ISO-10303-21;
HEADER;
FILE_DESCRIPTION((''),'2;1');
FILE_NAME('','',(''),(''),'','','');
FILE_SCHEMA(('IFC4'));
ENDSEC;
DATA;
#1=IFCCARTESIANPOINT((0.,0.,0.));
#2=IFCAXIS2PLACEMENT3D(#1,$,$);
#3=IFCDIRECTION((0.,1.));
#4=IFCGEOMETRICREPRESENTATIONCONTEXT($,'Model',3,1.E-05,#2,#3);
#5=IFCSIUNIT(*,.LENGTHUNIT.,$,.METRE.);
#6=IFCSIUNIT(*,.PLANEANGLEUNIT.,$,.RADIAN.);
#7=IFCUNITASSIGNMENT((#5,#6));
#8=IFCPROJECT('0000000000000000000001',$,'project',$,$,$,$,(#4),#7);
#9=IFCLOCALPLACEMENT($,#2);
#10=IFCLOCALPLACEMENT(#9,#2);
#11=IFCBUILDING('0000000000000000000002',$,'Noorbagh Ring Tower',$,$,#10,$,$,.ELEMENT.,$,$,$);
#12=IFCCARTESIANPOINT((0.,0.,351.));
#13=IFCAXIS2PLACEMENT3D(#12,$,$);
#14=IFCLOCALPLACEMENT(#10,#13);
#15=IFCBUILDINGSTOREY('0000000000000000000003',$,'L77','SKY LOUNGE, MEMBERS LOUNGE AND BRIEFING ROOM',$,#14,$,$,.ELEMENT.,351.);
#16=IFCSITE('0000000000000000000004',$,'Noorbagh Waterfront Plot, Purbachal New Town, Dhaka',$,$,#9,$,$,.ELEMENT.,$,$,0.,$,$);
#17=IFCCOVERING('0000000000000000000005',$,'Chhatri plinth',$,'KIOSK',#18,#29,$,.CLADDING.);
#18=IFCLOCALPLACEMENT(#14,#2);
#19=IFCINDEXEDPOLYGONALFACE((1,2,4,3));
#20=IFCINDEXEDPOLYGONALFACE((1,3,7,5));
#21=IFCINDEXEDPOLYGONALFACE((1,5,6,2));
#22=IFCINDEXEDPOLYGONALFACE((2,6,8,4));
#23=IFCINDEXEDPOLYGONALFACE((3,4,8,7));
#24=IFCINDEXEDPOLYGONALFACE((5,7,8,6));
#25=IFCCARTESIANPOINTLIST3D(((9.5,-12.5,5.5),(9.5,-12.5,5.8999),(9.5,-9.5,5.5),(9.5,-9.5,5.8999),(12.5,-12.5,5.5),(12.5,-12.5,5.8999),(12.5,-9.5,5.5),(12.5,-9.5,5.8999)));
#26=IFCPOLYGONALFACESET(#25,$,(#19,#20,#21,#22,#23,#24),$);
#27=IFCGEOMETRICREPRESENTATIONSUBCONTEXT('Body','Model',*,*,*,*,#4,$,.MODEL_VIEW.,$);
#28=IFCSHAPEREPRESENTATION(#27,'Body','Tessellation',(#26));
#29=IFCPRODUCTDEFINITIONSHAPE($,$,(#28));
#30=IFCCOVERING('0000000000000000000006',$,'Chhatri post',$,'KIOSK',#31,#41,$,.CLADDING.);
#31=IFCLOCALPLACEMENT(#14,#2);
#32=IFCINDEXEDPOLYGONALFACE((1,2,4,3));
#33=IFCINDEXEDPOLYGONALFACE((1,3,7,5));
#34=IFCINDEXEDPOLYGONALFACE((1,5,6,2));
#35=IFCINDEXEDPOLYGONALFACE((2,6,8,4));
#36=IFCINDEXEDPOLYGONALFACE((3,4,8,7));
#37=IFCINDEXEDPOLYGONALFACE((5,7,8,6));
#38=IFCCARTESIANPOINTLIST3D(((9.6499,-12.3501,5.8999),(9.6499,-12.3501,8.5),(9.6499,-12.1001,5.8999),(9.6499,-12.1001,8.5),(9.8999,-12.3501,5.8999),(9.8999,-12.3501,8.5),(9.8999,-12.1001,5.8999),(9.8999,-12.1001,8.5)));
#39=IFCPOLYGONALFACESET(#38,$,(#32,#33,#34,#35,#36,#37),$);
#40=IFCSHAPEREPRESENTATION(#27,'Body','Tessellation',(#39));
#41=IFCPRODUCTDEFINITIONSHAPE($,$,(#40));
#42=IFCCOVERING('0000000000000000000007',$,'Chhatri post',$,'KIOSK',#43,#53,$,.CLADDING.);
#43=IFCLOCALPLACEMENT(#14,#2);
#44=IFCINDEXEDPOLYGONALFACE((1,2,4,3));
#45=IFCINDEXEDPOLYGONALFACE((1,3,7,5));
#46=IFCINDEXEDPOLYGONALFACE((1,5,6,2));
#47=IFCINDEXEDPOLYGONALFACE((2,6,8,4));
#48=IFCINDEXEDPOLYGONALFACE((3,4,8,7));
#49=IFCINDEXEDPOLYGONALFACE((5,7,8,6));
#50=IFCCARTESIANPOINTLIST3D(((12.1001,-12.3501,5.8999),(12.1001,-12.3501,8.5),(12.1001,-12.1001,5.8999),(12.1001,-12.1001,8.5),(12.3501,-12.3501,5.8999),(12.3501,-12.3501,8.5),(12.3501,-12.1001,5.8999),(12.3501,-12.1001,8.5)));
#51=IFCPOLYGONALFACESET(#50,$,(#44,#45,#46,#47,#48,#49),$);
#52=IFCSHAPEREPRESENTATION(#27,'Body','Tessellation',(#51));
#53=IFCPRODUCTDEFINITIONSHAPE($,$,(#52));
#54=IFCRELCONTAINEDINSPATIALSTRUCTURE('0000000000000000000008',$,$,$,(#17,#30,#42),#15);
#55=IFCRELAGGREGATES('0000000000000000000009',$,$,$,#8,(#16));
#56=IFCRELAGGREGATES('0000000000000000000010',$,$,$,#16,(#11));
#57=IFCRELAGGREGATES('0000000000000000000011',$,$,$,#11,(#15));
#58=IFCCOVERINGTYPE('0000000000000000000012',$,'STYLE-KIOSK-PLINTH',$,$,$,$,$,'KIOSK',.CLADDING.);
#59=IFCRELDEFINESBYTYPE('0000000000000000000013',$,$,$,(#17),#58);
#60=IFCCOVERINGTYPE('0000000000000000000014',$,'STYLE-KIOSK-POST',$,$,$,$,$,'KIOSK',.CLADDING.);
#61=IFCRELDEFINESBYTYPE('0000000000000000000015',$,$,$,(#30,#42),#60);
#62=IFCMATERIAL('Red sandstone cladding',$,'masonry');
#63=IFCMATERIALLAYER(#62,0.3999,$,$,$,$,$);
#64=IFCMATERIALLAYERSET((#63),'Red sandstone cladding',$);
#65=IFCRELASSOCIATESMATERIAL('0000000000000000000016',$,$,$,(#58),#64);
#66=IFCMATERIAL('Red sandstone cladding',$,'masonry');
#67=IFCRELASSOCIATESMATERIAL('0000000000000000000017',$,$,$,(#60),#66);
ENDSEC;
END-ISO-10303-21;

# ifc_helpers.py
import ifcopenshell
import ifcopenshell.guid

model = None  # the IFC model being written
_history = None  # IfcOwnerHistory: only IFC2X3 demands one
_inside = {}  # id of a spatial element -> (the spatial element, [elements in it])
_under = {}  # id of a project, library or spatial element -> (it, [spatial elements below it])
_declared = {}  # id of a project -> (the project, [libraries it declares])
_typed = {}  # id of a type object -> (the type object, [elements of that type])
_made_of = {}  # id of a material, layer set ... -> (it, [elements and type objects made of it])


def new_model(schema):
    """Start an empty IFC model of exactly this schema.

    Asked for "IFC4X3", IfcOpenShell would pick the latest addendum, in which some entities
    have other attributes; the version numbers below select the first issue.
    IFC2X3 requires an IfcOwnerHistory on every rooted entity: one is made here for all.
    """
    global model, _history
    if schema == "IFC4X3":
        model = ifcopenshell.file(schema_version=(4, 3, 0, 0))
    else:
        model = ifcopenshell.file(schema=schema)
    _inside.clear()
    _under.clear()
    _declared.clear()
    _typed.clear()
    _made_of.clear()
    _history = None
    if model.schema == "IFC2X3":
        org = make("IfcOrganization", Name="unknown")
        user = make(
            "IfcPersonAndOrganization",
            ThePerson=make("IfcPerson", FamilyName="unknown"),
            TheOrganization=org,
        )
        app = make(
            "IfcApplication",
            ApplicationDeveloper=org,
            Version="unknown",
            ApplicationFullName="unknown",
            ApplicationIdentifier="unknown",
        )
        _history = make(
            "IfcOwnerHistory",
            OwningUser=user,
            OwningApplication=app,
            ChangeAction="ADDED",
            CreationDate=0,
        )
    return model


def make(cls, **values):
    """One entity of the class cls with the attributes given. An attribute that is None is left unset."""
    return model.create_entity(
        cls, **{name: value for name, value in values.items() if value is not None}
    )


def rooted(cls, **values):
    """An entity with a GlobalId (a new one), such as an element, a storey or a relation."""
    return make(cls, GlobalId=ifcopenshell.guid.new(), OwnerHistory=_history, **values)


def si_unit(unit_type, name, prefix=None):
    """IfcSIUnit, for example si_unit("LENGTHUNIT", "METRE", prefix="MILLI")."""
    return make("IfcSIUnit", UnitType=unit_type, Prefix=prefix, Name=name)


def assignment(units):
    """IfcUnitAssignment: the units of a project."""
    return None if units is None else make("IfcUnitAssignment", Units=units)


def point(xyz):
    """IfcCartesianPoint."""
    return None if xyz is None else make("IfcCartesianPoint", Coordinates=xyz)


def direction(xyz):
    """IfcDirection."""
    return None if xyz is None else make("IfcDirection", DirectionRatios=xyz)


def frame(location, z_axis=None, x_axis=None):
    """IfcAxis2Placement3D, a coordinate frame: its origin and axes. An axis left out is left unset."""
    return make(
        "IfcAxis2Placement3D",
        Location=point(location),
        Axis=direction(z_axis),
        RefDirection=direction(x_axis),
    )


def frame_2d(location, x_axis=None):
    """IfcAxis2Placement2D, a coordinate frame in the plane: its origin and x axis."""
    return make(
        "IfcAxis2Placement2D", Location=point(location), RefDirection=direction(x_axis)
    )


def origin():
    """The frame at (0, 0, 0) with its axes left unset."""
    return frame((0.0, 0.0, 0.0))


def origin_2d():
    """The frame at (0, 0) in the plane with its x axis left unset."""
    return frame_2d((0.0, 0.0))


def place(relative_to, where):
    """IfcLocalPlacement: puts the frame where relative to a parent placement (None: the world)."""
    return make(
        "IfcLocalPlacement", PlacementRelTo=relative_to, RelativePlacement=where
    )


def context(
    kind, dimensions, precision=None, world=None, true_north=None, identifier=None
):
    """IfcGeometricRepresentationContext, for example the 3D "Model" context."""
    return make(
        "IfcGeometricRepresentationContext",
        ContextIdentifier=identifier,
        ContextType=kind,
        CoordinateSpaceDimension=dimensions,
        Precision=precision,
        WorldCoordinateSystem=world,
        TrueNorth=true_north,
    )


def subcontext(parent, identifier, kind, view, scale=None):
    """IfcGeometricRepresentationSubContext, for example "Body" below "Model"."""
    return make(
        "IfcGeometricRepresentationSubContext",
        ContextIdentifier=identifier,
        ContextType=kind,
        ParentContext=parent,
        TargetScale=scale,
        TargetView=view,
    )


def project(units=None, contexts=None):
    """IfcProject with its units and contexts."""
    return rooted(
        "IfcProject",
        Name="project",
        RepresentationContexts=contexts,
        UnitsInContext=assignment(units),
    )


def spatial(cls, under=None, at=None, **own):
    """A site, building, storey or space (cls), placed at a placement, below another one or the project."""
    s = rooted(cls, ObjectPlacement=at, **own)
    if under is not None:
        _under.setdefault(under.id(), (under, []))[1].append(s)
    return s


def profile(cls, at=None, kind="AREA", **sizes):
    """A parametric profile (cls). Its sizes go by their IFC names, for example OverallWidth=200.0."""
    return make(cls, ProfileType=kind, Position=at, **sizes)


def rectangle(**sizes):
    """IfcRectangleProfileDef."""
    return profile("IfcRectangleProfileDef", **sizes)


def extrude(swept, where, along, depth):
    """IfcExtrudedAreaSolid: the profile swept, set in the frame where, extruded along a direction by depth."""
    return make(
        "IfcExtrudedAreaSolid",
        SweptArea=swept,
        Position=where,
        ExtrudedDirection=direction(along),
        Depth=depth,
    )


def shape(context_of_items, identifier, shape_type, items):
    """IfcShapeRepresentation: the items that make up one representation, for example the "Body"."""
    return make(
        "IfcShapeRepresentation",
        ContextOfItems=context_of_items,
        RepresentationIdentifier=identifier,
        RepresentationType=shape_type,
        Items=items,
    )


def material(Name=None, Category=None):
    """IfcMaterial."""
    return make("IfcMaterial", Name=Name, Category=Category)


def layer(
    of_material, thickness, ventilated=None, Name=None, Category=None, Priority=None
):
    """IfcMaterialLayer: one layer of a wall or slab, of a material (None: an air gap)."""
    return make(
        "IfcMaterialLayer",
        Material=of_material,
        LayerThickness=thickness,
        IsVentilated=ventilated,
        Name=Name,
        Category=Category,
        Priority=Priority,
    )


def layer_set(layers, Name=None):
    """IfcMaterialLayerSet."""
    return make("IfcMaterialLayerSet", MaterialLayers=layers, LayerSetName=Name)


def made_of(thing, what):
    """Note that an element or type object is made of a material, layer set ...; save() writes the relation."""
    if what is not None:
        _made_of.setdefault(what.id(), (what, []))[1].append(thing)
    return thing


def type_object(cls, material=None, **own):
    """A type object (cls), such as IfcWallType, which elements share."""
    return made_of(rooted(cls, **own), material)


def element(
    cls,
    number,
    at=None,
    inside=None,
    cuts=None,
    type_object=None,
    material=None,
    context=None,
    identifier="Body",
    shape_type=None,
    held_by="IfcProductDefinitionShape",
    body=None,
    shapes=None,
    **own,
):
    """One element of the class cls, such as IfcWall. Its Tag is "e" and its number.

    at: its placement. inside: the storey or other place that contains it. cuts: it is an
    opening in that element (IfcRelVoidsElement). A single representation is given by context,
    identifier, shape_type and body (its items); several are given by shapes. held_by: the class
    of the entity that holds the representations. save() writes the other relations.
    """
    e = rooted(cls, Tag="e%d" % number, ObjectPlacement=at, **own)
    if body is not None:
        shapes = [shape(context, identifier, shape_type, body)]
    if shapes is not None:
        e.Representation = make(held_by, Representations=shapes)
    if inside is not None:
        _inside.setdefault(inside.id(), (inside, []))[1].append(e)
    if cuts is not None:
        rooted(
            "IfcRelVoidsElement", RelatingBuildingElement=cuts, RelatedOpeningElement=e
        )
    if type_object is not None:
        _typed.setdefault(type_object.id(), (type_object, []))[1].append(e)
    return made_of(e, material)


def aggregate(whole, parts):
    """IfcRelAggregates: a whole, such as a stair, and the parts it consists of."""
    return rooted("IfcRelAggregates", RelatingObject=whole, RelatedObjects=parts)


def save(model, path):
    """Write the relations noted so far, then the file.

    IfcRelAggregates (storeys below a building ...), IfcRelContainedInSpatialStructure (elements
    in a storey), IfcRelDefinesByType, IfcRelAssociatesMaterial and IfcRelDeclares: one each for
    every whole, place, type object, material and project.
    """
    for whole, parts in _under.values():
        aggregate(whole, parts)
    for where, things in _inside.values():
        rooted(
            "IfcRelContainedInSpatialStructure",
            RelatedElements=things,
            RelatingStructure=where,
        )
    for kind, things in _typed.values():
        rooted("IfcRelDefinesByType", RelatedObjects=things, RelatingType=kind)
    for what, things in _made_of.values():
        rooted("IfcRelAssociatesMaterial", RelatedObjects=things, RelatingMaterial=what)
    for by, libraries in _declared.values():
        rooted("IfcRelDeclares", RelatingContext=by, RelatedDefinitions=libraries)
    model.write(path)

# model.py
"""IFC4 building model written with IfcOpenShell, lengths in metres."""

from ifc_helpers import new_model, si_unit, direction, frame, origin, origin_2d, place, context, subcontext, project, spatial, rectangle, extrude, material, layer, layer_set, type_object, element, save


model = new_model("IFC4")

# Units and contexts
model_context = context("Model", 3, precision=1e-05, world=origin(), true_north=direction((0.0, 1.0)))
body_context = subcontext(model_context, "Body", "Model", "MODEL_VIEW")
ifc_project = project(units=[si_unit("LENGTHUNIT", "METRE"), si_unit("PLANEANGLEUNIT", "RADIAN")], contexts=[model_context])

# Site, building, storey
site_placement = place(None, origin())
site = spatial("IfcSite", under=ifc_project, at=site_placement, Name="Noorbagh Waterfront Plot, Purbachal New Town, Dhaka", CompositionType="ELEMENT", RefElevation=0.0)
building_placement = place(site_placement, origin())
building = spatial("IfcBuilding", under=site, at=building_placement, Name="Noorbagh Ring Tower", CompositionType="ELEMENT")
storey_placement = place(building_placement, frame((0.0, 0.0, 351.0)))
storey = spatial("IfcBuildingStorey", under=building, at=storey_placement, Name="L77", Description="SKY LOUNGE, MEMBERS LOUNGE AND BRIEFING ROOM", CompositionType="ELEMENT", Elevation=351.0)

# Coverings
ifc_material_1 = material(Name="Red sandstone cladding", Category="masonry")
ifc_layer_1 = layer(ifc_material_1, 0.3999)
ifc_layer_set_1 = layer_set([ifc_layer_1], Name="Red sandstone cladding")
covering_type_1 = type_object("IfcCoveringType", Name="STYLE-KIOSK-PLINTH", ElementType="KIOSK", PredefinedType="CLADDING", material=ifc_layer_set_1)
covering_1_placement = place(storey_placement, frame((11.0, -11.0, 5.5), z_axis=(0.0, 0.0, 1.0), x_axis=(1.0, 0.0, 0.0)))
element("IfcCovering", 1, at=covering_1_placement, inside=storey, type_object=covering_type_1, Name="Chhatri plinth", ObjectType="KIOSK", PredefinedType="CLADDING", context=body_context, shape_type="SweptSolid", body=[
    extrude(rectangle(XDim=3.0, YDim=3.0, at=origin_2d()), origin(), (0.0, 0.0, 1.0), 0.3999),
])
ifc_material_2 = material(Name="Red sandstone cladding", Category="masonry")
covering_type_2 = type_object("IfcCoveringType", Name="STYLE-KIOSK-POST", ElementType="KIOSK", PredefinedType="CLADDING", material=ifc_material_2)
for number, where, z_axis, x_axis, name in (
    (2, (9.7749, -12.2251, 5.8999), (0.0, 0.0, 1.0), (1.0, 0.0, 0.0), "Chhatri post"),
    (3, (12.2251, -12.2251, 5.8999), (0.0, 0.0, 1.0), (1.0, 0.0, 0.0), "Chhatri post"),
):
    element("IfcCovering", number, at=place(storey_placement, frame(where, z_axis=z_axis, x_axis=x_axis)), inside=storey, type_object=covering_type_2, Name=name, ObjectType="KIOSK", PredefinedType="CLADDING", context=body_context, shape_type="SweptSolid", body=[
        extrude(rectangle(XDim=0.25, YDim=0.25, at=origin_2d()), origin(), (0.0, 0.0, 1.0), 2.6001),
    ])

save(model, "model.ifc")
